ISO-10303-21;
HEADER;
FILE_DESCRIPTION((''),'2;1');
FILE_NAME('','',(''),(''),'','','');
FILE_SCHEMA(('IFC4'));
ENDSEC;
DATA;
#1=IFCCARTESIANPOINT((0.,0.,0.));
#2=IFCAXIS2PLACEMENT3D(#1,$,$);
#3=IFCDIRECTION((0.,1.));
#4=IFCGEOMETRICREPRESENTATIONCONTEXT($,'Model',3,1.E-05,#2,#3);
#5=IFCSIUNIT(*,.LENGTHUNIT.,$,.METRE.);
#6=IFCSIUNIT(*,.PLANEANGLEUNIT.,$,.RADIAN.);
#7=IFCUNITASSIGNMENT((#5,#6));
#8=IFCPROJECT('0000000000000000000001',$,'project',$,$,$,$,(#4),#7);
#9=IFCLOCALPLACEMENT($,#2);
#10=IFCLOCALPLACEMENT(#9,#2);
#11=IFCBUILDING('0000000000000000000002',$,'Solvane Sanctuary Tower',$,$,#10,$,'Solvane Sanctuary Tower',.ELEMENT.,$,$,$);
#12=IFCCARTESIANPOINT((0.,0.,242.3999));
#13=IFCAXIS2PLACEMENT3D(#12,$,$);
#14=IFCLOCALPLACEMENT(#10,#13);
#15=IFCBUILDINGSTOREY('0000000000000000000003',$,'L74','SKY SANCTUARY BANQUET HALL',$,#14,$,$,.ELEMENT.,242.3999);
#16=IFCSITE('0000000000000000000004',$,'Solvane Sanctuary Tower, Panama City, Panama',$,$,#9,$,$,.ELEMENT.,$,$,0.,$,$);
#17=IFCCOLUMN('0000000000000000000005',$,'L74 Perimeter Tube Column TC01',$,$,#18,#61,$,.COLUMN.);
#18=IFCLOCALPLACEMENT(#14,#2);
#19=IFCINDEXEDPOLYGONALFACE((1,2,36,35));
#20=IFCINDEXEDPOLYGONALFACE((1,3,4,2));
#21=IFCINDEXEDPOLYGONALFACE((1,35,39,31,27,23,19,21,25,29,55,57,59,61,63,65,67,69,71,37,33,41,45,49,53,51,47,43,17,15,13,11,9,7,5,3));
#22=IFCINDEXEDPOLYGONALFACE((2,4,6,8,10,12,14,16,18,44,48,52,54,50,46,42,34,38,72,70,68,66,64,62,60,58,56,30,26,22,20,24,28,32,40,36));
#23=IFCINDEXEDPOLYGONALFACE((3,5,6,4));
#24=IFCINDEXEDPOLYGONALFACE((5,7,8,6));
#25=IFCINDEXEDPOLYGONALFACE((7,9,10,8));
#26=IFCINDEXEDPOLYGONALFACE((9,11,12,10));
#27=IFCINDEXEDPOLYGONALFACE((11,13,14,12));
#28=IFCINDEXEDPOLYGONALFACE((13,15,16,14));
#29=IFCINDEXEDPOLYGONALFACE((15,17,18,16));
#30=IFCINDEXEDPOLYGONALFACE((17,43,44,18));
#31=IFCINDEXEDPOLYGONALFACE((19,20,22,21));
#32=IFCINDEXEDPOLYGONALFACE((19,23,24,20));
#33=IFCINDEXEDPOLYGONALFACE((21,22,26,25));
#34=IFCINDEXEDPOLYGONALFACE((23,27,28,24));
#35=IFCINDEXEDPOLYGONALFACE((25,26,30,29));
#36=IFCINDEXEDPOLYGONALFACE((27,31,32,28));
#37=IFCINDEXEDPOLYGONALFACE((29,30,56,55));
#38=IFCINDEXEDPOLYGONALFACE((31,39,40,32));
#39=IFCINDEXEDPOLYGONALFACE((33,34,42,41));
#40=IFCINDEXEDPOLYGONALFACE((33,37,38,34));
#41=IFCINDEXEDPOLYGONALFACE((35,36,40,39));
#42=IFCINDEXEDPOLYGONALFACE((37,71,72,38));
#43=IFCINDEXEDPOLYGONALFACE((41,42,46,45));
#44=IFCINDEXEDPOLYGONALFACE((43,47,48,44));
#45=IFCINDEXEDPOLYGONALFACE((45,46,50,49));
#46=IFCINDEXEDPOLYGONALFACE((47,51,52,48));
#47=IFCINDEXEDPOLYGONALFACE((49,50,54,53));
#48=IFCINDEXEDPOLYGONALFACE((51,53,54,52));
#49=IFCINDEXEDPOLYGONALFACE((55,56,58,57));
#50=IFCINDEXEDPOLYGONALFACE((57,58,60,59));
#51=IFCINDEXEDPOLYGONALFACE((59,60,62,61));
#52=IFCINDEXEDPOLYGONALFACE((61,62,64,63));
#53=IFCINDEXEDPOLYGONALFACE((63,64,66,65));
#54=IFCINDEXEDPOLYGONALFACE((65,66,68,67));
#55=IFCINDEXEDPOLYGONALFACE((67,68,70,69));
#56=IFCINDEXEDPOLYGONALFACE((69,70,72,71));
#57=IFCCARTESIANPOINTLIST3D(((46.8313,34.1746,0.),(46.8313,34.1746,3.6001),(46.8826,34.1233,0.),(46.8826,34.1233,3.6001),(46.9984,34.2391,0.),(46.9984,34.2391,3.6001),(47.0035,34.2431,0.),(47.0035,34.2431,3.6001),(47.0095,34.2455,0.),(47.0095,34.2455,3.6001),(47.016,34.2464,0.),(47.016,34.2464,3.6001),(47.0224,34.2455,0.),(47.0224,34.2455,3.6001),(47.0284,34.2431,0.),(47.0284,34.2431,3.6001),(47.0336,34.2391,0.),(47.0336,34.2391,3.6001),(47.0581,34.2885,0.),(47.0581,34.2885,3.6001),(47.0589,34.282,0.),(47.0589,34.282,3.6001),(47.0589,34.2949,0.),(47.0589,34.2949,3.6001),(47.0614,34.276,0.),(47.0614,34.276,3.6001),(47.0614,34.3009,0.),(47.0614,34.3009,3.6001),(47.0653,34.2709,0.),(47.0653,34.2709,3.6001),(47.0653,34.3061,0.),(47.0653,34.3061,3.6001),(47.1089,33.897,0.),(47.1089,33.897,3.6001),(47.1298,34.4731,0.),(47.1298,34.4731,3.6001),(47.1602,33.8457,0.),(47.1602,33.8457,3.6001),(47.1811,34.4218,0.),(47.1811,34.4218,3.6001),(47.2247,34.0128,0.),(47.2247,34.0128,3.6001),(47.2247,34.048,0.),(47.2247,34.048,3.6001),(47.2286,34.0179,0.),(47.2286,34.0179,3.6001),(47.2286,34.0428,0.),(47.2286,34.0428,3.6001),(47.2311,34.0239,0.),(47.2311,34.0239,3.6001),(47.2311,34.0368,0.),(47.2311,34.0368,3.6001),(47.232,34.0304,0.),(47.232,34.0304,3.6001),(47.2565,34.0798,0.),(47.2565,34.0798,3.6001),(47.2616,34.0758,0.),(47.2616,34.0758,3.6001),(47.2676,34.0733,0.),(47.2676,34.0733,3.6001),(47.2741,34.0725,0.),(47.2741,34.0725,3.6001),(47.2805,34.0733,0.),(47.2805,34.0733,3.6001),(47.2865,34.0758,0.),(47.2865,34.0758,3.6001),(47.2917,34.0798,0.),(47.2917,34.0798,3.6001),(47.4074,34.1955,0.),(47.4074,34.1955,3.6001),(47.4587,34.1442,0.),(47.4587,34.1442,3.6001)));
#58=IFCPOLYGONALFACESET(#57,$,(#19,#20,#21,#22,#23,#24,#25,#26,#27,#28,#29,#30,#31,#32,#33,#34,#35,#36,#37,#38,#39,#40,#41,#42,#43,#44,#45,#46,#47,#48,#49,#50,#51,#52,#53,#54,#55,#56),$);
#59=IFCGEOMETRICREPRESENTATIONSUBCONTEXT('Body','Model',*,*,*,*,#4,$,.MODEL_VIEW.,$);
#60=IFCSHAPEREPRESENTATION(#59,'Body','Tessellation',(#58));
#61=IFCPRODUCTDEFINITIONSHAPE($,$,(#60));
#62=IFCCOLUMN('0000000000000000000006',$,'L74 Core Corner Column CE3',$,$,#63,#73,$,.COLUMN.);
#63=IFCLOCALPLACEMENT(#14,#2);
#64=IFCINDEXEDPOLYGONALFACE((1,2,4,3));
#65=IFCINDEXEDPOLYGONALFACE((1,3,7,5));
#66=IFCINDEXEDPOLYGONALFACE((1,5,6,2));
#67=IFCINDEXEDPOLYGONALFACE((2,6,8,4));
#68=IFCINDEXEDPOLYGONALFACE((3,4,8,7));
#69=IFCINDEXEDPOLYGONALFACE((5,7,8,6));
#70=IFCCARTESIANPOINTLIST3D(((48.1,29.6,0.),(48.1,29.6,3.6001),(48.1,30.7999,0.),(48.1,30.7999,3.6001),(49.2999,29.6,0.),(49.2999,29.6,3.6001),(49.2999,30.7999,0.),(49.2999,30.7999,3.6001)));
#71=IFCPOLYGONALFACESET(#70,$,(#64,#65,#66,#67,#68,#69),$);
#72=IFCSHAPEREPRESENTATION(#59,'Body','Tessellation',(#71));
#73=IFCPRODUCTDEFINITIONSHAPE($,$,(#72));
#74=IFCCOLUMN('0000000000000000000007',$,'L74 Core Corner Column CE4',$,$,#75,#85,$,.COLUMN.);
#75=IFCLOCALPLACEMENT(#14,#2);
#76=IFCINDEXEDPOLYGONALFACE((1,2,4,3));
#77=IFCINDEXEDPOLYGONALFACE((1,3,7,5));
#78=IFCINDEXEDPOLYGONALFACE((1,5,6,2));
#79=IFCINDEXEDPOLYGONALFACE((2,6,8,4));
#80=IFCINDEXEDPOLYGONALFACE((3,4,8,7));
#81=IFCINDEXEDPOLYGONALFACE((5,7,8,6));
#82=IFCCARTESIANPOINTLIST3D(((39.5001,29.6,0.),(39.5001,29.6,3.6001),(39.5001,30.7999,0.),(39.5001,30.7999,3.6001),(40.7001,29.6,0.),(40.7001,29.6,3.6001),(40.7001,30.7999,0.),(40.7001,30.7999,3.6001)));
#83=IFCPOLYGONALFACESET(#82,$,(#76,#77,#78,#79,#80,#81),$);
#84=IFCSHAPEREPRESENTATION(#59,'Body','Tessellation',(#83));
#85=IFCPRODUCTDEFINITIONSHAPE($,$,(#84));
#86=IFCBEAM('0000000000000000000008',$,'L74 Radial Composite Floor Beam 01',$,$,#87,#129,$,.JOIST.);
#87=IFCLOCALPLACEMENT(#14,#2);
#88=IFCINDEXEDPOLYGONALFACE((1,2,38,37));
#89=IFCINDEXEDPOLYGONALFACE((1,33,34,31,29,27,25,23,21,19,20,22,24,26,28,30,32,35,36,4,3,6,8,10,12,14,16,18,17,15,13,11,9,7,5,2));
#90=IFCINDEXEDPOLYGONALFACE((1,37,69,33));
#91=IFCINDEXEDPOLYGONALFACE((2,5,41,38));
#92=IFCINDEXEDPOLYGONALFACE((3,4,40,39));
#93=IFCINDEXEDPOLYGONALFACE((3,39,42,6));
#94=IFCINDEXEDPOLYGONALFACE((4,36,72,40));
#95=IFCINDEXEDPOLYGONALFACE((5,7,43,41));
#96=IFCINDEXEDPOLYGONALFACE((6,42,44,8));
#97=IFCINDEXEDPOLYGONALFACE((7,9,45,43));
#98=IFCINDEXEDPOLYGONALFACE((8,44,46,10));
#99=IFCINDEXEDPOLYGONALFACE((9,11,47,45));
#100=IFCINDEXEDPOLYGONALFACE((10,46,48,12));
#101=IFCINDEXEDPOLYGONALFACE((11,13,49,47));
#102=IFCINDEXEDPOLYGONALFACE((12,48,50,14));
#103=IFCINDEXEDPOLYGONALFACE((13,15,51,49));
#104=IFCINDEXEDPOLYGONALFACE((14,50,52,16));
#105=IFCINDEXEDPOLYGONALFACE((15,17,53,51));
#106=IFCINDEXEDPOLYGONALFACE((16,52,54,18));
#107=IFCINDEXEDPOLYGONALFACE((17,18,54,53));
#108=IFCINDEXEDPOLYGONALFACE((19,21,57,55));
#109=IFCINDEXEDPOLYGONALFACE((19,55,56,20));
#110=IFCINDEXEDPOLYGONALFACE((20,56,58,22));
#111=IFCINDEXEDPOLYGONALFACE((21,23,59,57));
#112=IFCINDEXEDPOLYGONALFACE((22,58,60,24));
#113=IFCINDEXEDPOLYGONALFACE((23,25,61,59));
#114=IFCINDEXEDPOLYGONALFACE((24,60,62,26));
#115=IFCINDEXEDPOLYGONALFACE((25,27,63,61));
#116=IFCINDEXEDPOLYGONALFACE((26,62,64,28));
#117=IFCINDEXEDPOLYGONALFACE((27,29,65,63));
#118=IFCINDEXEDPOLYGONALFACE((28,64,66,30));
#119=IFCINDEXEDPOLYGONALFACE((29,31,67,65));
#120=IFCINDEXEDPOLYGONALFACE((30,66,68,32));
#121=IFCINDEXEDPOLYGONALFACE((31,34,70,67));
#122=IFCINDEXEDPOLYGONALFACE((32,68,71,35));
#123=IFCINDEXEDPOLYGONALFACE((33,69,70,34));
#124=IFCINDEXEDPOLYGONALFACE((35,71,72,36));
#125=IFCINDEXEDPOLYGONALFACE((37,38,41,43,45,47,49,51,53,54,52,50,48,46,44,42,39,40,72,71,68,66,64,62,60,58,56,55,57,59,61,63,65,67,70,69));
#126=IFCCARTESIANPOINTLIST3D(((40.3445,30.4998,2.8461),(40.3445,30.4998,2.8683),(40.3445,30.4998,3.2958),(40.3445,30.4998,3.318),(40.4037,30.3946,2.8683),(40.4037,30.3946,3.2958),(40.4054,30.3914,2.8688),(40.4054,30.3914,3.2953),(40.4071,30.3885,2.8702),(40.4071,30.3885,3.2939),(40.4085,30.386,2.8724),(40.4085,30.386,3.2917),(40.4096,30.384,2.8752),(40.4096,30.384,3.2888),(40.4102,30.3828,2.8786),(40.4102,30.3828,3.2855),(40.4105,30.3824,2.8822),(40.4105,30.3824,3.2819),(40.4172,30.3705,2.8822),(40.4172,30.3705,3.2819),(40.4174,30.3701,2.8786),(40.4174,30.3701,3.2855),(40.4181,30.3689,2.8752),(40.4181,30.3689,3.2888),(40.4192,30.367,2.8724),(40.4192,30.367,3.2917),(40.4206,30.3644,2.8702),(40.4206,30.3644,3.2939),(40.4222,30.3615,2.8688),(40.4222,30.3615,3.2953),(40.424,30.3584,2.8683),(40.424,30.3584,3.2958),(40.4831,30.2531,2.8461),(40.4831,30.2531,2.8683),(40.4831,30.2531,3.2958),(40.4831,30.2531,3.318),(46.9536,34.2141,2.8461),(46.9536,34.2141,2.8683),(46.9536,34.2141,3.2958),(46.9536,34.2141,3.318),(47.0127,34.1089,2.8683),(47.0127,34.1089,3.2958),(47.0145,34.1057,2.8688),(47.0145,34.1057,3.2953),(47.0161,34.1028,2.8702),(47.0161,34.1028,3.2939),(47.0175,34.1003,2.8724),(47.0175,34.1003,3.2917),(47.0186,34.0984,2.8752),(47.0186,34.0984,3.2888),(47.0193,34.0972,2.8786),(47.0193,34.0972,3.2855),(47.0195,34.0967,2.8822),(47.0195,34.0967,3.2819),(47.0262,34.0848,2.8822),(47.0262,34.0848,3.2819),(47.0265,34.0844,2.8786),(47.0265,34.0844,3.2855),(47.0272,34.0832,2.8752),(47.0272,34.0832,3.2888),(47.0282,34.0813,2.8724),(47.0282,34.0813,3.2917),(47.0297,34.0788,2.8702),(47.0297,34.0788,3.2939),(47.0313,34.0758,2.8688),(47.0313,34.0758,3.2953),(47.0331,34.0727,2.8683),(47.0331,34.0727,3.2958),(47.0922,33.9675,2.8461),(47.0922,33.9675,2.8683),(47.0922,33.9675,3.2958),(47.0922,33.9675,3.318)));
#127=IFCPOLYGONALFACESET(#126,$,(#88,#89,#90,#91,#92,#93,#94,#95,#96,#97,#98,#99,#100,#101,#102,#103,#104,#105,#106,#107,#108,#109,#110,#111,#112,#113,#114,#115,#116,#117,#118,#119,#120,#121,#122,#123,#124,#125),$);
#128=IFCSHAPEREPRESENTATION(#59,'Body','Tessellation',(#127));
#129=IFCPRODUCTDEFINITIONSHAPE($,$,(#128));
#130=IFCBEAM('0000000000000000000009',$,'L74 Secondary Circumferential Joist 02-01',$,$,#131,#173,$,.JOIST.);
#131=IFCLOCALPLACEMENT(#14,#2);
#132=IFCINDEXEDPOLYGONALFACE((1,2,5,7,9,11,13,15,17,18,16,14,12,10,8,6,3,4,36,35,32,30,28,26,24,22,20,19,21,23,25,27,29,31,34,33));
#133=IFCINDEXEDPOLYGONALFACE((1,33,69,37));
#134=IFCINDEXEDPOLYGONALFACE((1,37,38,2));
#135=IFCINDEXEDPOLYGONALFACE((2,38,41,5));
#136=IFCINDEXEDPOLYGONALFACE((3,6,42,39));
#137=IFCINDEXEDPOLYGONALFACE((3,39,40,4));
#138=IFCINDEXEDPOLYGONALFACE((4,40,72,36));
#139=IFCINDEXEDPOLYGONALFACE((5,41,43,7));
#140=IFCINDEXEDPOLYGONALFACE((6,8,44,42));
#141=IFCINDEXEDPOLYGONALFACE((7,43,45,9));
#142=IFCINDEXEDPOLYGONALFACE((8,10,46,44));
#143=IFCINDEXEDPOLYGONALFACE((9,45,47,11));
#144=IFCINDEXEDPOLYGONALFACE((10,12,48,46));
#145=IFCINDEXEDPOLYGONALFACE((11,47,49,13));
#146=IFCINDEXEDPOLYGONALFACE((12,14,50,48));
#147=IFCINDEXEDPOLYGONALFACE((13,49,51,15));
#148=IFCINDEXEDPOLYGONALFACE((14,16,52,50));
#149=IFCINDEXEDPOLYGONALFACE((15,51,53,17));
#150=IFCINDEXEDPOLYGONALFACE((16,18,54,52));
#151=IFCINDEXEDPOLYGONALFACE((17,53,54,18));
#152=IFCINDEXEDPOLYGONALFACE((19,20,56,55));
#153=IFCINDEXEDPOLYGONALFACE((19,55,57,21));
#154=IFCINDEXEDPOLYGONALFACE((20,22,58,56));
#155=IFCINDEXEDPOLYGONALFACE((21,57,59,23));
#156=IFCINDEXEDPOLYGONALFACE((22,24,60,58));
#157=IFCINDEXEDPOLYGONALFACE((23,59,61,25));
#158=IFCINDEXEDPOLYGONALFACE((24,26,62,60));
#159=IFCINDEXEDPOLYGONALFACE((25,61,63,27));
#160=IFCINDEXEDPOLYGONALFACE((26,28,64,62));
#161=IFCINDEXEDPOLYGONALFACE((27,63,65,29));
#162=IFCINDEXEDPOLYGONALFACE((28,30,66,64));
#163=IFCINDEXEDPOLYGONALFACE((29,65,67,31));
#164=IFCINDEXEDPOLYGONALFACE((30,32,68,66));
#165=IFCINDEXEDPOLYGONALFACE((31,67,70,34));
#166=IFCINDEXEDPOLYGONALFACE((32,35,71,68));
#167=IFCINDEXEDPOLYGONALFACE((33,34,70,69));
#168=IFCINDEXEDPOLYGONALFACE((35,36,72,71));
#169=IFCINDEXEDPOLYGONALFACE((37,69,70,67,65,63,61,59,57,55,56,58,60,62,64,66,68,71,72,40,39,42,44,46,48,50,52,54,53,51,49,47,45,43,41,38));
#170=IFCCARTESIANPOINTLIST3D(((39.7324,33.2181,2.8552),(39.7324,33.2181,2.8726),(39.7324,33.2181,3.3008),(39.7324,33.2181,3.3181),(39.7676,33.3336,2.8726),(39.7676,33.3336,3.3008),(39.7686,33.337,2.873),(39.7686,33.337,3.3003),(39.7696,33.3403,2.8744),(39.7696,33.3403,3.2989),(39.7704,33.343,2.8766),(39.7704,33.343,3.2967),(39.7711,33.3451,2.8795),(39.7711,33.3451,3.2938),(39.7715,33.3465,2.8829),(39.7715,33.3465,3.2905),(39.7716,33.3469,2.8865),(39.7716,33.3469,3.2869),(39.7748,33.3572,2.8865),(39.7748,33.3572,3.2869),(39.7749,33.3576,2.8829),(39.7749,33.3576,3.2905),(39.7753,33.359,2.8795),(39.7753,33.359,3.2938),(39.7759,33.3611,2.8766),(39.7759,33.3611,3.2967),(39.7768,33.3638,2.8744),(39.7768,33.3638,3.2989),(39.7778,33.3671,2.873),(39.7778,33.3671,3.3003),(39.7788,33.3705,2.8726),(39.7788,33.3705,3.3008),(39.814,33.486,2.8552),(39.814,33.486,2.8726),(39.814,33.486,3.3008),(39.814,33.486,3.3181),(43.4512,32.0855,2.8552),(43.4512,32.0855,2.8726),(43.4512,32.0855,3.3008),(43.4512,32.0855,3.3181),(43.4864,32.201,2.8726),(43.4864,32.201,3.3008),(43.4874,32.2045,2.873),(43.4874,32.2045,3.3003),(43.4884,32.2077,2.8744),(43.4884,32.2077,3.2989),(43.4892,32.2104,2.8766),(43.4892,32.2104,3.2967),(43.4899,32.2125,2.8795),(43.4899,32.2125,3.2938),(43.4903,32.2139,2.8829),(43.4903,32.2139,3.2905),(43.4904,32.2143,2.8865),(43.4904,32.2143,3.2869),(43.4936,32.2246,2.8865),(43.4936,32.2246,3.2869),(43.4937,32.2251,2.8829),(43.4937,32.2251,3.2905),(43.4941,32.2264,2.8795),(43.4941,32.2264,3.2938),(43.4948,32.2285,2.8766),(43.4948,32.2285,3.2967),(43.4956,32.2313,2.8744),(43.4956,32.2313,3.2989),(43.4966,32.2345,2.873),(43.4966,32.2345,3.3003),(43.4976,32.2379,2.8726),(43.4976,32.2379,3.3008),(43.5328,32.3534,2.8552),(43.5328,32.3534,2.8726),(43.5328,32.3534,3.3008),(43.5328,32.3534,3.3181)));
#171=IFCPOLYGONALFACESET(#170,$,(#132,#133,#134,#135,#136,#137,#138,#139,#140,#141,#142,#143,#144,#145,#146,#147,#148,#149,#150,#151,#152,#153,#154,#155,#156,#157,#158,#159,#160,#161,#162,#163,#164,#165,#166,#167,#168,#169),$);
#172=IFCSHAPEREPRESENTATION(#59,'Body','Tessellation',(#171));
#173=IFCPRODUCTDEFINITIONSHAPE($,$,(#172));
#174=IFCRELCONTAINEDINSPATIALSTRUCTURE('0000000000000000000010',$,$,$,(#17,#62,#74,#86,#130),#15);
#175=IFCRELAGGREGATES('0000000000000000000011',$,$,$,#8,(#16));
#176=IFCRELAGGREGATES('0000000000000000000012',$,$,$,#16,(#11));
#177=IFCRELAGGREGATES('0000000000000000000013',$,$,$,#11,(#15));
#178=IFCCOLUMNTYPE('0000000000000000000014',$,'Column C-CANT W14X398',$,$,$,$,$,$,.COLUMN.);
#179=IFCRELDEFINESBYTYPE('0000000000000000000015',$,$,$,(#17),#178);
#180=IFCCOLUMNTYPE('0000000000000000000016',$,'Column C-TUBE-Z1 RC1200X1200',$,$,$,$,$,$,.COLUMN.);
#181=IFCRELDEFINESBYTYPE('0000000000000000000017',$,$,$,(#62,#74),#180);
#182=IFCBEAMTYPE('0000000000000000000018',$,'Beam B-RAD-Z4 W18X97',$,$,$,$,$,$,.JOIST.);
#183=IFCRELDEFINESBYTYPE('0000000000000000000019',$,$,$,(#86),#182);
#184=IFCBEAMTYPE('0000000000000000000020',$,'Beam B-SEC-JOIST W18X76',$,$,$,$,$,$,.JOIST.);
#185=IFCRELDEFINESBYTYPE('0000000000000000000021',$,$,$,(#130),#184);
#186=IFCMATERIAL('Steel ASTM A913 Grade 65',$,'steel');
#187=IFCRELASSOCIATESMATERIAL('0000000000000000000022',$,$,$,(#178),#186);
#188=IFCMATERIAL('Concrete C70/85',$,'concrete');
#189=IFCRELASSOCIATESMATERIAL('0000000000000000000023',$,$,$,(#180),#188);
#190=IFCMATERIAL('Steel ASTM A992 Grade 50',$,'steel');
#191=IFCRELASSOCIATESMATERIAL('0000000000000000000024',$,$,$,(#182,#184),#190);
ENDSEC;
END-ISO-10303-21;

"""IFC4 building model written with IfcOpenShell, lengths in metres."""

from ifc_helpers import new_model, si_unit, direction, frame, origin, origin_2d, place, context, subcontext, project, spatial, rectangle, i_section, extrude, material, material_profile, profile_set, type_object, element, save


model = new_model("IFC4")

# Units and contexts
model_context = context("Model", 3, precision=1e-05, world=origin(), true_north=direction((0.0, 1.0)))
body_context = subcontext(model_context, "Body", "Model", "MODEL_VIEW")
ifc_project = project(units=[si_unit("LENGTHUNIT", "METRE"), si_unit("PLANEANGLEUNIT", "RADIAN")], contexts=[model_context])

# Site, building, storey
site_placement = place(None, origin())
site = spatial("IfcSite", under=ifc_project, at=site_placement, Name="Solvane Sanctuary Tower, Panama City, Panama", CompositionType="ELEMENT", RefElevation=0.0)
building_placement = place(site_placement, origin())
building = spatial("IfcBuilding", under=site, at=building_placement, Name="Solvane Sanctuary Tower", LongName="Solvane Sanctuary Tower", CompositionType="ELEMENT")
storey_placement = place(building_placement, frame((0.0, 0.0, 242.3999)))
storey = spatial("IfcBuildingStorey", under=building, at=storey_placement, Name="L74", Description="SKY SANCTUARY BANQUET HALL", CompositionType="ELEMENT", Elevation=242.3999)

# Columns
ifc_material_1 = material(Name="Steel ASTM A913 Grade 65", Category="steel")
ifc_material_profile_1 = material_profile(ifc_material_1, i_section(OverallWidth=0.4221, OverallDepth=0.4651, WebThickness=0.0449, FlangeThickness=0.0725, FilletRadius=0.0249, at=origin_2d()), Name="W14X398")
ifc_profile_set_1 = profile_set([ifc_material_profile_1], Name="Steel ASTM A913 Grade 65")
column_type_1 = type_object("IfcColumnType", Name="Column C-CANT W14X398", PredefinedType="COLUMN", material=ifc_profile_set_1)
column_placement = place(storey_placement, frame((47.145, 34.1594, 0.0), z_axis=(0.0, 0.0, 1.0), x_axis=(0.707107, 0.707107, 0.0)))
element("IfcColumn", 1, at=column_placement, inside=storey, type_object=column_type_1, Name="L74 Perimeter Tube Column TC01", PredefinedType="COLUMN", context=body_context, shape_type="SweptSolid", body=[
    extrude(i_section(OverallWidth=0.4221, OverallDepth=0.4651, WebThickness=0.0449, FlangeThickness=0.0725, FilletRadius=0.0249, at=origin_2d()), origin(), (0.0, 0.0, 1.0), 3.6001),
])
ifc_material_2 = material(Name="Concrete C70/85", Category="concrete")
ifc_material_profile_2 = material_profile(ifc_material_2, rectangle(XDim=1.2, YDim=1.2, at=origin_2d()), Name="RC1200X1200")
ifc_profile_set_2 = profile_set([ifc_material_profile_2], Name="Concrete C70/85")
column_type_2 = type_object("IfcColumnType", Name="Column C-TUBE-Z1 RC1200X1200", PredefinedType="COLUMN", material=ifc_profile_set_2)
for number, where, z_axis, x_axis, name in (
    (2, (48.7, 30.2, 0.0), (0.0, 0.0, 1.0), (1.0, 0.0, 0.0), "L74 Core Corner Column CE3"),
    (3, (40.1001, 30.2, 0.0), (0.0, 0.0, 1.0), (1.0, 0.0, 0.0), "L74 Core Corner Column CE4"),
):
    element("IfcColumn", number, at=place(storey_placement, frame(where, z_axis=z_axis, x_axis=x_axis)), inside=storey, type_object=column_type_2, Name=name, PredefinedType="COLUMN", context=body_context, shape_type="SweptSolid", body=[
        extrude(rectangle(XDim=1.2, YDim=1.2, at=origin_2d()), origin(), (0.0, 0.0, 1.0), 3.6001),
    ])

# Beams
ifc_material_3 = material(Name="Steel ASTM A992 Grade 50", Category="steel")
ifc_material_profile_3 = material_profile(ifc_material_3, i_section(OverallWidth=0.283, OverallDepth=0.4719, WebThickness=0.0137, FlangeThickness=0.0222, FilletRadius=0.0139, at=origin_2d()), Name="W18X97")
ifc_profile_set_3 = profile_set([ifc_material_profile_3], Name="Steel ASTM A992 Grade 50")
beam_type_1 = type_object("IfcBeamType", Name="Beam B-RAD-Z4 W18X97", PredefinedType="JOIST", material=ifc_profile_set_3)
beam_1_placement = place(storey_placement, frame((40.4138, 30.3765, 3.082), z_axis=(0.87176, 0.489932, 0.0), x_axis=(-0.489932, 0.87176, 0.0)))
element("IfcBeam", 4, at=beam_1_placement, inside=storey, type_object=beam_type_1, Name="L74 Radial Composite Floor Beam 01", PredefinedType="JOIST", context=body_context, shape_type="SweptSolid", body=[
    extrude(i_section(OverallWidth=0.283, OverallDepth=0.4719, WebThickness=0.0137, FlangeThickness=0.0222, FilletRadius=0.0139, at=origin_2d()), origin(), (0.0, 0.0, 1.0), 7.5813),
])
ifc_material_profile_4 = material_profile(ifc_material_3, i_section(OverallWidth=0.28, OverallDepth=0.4629, WebThickness=0.0107, FlangeThickness=0.0173, FilletRadius=0.0139, at=origin_2d()), Name="W18X76")
ifc_profile_set_4 = profile_set([ifc_material_profile_4], Name="Steel ASTM A992 Grade 50")
beam_type_2 = type_object("IfcBeamType", Name="Beam B-SEC-JOIST W18X76", PredefinedType="JOIST", material=ifc_profile_set_4)
beam_2_placement = place(storey_placement, frame((39.7732, 33.3521, 3.0867), z_axis=(0.956618, -0.291344, 0.0), x_axis=(0.291344, 0.956618, 0.0)))
element("IfcBeam", 5, at=beam_2_placement, inside=storey, type_object=beam_type_2, Name="L74 Secondary Circumferential Joist 02-01", PredefinedType="JOIST", context=body_context, shape_type="SweptSolid", body=[
    extrude(i_section(OverallWidth=0.28, OverallDepth=0.4629, WebThickness=0.0107, FlangeThickness=0.0173, FilletRadius=0.0139, at=origin_2d()), origin(), (0.0, 0.0, 1.0), 3.8875),
])

save(model, "model.ifc")
